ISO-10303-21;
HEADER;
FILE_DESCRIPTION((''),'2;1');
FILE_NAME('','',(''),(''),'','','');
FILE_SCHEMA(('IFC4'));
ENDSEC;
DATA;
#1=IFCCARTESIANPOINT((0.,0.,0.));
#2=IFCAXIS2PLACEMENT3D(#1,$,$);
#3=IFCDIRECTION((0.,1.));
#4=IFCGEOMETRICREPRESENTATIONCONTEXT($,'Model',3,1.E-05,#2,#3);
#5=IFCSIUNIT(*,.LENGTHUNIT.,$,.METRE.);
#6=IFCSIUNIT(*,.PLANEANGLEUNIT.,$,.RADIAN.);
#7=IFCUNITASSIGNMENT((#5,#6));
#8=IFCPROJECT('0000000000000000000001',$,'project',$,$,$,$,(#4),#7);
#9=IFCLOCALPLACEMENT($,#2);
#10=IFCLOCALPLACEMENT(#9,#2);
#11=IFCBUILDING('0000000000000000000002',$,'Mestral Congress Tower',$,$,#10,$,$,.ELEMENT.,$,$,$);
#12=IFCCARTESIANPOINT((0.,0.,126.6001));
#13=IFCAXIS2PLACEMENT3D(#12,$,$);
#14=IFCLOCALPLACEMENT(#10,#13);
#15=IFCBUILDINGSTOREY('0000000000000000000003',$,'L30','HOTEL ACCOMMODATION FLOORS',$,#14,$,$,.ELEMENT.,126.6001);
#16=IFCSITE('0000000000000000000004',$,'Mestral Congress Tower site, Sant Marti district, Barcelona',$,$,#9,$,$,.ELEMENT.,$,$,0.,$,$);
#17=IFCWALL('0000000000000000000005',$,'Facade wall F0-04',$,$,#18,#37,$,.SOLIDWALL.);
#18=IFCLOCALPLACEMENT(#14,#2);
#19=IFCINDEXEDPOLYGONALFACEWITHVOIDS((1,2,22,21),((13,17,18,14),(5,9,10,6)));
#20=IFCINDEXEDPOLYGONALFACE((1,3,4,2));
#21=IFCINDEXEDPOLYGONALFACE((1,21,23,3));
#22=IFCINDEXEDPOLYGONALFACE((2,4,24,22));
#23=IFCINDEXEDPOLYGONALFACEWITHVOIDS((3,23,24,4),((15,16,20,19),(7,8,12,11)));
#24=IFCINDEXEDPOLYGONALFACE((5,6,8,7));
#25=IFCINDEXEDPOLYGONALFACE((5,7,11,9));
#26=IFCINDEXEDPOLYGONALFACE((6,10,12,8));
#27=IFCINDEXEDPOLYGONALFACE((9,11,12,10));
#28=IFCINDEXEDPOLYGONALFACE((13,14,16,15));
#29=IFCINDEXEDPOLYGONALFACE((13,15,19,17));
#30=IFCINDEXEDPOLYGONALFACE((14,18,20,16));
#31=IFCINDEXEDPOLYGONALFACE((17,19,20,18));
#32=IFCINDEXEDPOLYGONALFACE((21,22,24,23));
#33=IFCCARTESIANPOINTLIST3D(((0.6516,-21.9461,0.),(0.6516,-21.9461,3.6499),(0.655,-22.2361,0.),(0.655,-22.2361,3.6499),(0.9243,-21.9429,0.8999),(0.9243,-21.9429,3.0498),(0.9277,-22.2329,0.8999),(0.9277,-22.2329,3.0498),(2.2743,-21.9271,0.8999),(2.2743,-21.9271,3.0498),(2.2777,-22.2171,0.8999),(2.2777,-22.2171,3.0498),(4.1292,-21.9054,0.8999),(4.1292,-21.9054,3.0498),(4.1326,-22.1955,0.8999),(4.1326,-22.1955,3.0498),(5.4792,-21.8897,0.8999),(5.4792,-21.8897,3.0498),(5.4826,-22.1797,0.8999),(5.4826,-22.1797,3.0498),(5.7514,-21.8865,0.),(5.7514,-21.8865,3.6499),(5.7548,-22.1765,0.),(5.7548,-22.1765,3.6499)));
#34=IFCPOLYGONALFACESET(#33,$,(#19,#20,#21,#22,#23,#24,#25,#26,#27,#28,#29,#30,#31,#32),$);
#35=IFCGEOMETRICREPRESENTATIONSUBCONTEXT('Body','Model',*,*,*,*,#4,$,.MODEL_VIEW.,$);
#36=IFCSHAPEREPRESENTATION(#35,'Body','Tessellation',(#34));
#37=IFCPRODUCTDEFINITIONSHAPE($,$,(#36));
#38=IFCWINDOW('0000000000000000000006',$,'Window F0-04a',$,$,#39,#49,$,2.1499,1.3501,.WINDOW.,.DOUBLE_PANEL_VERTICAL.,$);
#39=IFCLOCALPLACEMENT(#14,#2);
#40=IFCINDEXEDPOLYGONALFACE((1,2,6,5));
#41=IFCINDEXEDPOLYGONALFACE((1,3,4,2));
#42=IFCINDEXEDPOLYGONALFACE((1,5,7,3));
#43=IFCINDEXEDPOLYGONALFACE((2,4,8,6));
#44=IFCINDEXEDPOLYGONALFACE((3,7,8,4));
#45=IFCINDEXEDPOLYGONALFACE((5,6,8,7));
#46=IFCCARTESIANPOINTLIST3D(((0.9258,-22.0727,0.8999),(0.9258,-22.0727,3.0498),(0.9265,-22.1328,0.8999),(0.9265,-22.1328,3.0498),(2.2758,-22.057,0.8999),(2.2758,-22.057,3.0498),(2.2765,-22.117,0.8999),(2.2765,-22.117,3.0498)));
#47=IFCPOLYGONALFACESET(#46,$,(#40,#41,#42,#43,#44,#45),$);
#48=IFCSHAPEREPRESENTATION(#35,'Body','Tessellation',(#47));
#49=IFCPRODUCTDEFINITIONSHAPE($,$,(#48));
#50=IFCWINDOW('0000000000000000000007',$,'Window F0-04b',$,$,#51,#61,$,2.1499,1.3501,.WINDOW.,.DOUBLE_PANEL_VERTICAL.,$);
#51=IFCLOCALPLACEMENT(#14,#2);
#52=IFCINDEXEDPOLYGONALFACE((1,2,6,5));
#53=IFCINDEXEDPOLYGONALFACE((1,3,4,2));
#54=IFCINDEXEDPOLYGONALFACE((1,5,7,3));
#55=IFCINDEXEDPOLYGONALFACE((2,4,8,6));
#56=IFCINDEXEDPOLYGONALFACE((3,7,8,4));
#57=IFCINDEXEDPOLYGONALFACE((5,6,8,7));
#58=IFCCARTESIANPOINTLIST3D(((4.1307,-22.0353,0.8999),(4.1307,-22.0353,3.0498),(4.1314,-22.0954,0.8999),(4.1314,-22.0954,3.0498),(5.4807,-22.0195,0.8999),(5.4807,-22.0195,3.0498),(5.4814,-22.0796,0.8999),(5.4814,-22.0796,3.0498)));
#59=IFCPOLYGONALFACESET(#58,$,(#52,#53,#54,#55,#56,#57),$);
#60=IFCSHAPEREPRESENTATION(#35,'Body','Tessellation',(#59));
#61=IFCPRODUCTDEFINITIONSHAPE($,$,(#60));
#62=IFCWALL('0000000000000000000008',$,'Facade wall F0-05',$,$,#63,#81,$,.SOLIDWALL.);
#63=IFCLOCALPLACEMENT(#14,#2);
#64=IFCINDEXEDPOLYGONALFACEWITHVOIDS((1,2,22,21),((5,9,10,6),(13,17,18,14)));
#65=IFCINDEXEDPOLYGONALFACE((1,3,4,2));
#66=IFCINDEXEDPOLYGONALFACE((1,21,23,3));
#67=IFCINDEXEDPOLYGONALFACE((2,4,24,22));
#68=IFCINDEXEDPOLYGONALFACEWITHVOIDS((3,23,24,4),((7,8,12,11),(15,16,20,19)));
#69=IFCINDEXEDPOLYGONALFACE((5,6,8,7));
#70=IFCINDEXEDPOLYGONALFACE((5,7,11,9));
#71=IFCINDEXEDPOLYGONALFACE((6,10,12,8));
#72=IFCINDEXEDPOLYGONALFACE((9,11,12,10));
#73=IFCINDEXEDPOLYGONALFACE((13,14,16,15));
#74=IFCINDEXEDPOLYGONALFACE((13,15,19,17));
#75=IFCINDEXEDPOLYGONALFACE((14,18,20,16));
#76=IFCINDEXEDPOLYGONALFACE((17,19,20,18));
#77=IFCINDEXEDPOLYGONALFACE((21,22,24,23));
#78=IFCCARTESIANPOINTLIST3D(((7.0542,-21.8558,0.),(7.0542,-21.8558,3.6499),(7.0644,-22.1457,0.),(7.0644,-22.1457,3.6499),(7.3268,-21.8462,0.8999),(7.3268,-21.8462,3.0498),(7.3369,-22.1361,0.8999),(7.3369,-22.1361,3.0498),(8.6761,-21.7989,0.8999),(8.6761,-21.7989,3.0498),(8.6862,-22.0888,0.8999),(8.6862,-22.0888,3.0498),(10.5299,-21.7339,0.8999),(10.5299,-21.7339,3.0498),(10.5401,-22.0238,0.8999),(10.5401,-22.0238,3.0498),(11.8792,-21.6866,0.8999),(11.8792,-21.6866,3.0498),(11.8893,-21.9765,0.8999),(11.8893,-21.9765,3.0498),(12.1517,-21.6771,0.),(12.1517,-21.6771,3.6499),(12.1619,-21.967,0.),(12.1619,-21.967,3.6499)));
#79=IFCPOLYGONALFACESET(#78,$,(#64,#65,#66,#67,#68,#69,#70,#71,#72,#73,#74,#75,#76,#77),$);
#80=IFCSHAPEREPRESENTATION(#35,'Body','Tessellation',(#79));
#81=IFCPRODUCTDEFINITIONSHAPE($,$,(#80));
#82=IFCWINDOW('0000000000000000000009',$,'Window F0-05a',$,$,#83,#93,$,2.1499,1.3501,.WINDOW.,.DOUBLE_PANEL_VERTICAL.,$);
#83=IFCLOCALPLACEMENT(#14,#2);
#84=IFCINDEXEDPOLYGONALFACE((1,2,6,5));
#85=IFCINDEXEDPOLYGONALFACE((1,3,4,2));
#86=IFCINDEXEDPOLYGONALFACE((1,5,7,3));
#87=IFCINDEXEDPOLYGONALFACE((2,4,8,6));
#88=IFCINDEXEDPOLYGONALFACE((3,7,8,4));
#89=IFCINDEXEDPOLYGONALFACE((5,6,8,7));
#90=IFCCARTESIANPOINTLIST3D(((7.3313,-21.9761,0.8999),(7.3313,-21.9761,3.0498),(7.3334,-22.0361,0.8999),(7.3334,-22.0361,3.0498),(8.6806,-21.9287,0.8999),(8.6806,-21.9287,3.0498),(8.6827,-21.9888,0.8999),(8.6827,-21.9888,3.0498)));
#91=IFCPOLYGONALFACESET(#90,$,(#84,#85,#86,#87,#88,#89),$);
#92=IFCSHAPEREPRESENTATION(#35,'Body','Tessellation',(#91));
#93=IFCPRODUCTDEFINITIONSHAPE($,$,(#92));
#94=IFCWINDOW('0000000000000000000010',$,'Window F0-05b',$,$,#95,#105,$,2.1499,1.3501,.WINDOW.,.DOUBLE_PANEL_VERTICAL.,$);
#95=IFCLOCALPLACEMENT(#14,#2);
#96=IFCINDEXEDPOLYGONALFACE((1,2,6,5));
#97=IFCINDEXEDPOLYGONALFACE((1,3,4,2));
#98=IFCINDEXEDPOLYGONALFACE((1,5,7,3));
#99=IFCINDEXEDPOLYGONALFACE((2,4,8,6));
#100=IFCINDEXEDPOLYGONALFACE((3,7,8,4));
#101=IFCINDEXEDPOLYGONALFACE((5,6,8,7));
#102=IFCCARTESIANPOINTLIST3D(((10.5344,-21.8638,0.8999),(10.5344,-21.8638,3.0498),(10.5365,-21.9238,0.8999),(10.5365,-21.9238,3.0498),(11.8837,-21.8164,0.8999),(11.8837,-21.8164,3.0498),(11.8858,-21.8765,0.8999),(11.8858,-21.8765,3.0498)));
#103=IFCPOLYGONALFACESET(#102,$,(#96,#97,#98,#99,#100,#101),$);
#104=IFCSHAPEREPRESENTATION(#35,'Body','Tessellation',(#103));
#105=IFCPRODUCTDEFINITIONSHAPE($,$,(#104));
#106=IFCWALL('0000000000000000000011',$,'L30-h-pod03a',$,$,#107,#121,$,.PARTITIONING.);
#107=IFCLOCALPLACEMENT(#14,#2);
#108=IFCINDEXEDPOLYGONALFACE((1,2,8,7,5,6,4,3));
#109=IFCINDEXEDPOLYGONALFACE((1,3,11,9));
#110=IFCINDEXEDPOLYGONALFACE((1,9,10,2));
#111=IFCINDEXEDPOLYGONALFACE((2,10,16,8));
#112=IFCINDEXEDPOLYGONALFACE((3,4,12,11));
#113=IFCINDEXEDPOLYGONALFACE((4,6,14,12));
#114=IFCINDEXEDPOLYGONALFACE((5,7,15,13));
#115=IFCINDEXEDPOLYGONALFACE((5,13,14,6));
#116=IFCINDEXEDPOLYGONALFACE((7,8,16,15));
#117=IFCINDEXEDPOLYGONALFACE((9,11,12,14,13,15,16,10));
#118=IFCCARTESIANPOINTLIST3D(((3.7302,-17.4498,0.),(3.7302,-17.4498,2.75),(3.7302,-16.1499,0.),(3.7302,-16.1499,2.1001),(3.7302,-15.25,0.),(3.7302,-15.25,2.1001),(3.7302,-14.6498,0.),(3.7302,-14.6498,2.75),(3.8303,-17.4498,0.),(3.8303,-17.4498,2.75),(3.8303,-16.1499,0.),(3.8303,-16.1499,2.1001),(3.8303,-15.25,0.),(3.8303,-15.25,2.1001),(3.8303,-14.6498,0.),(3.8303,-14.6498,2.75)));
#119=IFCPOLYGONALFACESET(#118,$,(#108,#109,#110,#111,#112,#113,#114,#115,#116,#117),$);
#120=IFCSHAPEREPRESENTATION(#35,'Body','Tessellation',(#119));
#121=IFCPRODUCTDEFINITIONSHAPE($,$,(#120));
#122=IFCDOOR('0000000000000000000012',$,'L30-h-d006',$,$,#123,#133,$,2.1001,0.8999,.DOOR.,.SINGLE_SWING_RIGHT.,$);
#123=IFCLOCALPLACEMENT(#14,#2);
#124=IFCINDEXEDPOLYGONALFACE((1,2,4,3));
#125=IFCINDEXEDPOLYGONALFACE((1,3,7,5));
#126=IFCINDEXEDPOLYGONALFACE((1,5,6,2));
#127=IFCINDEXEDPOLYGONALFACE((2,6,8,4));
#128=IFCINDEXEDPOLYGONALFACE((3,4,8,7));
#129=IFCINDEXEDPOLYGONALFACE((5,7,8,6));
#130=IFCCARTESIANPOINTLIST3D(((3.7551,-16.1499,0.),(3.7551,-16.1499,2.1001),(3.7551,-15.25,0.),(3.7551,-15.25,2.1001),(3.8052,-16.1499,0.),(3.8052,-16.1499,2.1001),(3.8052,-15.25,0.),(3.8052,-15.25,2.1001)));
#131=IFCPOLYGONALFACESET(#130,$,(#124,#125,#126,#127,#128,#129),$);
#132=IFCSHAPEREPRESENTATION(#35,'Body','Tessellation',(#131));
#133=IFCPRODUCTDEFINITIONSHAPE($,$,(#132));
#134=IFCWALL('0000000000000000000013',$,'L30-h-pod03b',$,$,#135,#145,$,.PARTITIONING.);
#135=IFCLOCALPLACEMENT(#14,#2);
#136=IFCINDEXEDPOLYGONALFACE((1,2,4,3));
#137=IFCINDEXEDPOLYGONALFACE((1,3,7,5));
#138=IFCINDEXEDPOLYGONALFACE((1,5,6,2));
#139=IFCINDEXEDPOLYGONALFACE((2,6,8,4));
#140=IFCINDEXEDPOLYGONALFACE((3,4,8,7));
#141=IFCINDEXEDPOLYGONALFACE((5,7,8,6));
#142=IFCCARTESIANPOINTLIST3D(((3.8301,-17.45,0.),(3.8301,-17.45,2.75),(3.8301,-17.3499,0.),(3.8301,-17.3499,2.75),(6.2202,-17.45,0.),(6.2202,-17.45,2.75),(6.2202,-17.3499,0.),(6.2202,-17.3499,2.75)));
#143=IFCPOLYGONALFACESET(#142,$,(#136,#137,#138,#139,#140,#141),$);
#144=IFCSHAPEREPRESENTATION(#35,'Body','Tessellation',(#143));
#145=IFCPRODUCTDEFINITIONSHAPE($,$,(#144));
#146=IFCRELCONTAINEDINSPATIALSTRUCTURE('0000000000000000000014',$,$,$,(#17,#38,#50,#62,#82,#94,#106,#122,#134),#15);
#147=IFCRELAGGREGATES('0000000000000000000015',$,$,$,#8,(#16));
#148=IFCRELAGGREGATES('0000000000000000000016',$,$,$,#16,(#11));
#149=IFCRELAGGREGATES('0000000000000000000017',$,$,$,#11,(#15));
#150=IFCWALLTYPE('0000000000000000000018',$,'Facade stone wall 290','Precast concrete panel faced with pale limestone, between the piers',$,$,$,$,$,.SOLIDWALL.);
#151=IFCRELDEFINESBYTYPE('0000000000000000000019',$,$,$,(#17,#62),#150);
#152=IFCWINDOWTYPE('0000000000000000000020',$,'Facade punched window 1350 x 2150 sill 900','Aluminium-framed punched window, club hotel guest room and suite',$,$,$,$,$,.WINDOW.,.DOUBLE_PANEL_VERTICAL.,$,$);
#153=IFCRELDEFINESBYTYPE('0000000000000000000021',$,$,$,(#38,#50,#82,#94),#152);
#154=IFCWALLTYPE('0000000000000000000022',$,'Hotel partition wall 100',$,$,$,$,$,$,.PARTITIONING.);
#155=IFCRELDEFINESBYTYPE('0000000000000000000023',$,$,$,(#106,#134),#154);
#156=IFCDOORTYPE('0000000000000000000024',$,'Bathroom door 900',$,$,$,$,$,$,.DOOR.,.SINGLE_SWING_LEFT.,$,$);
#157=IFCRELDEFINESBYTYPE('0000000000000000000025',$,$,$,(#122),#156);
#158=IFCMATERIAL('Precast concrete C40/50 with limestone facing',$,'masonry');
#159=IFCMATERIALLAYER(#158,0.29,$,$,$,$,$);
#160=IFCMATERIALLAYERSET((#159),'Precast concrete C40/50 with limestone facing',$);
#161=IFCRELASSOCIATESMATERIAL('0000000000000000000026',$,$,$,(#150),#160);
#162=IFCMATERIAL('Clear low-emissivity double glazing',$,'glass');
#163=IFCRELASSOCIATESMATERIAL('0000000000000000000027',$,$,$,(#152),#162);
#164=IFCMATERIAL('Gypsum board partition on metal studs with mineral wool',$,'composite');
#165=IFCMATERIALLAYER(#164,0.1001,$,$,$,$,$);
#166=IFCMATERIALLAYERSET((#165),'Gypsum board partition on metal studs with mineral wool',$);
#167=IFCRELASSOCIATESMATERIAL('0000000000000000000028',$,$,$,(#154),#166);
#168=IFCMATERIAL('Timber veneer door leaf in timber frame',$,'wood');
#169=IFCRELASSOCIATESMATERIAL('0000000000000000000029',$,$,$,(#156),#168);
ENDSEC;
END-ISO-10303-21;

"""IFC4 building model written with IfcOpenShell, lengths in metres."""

from ifc_helpers import new_model, si_unit, direction, frame, frame_2d, origin, place, context, subcontext, project, spatial, rectangle, extrude, material, layer, layer_set, type_object, element, fill, save


model = new_model("IFC4")

# Units and contexts
model_context = context("Model", 3, precision=1e-05, world=origin(), true_north=direction((0.0, 1.0)))
body_context = subcontext(model_context, "Body", "Model", "MODEL_VIEW")
ifc_project = project(units=[si_unit("LENGTHUNIT", "METRE"), si_unit("PLANEANGLEUNIT", "RADIAN")], contexts=[model_context])

# Site, building, storey
site_placement = place(None, origin())
site = spatial("IfcSite", under=ifc_project, at=site_placement, Name="Mestral Congress Tower site, Sant Marti district, Barcelona", CompositionType="ELEMENT", RefElevation=0.0)
building_placement = place(site_placement, origin())
building = spatial("IfcBuilding", under=site, at=building_placement, Name="Mestral Congress Tower", CompositionType="ELEMENT")
storey_placement = place(building_placement, frame((0.0, 0.0, 126.6001)))
storey = spatial("IfcBuildingStorey", under=building, at=storey_placement, Name="L30", Description="HOTEL ACCOMMODATION FLOORS", CompositionType="ELEMENT", Elevation=126.6001)

# Walls, openings, windows
ifc_material_1 = material(Name="Precast concrete C40/50 with limestone facing", Category="masonry")
ifc_layer_1 = layer(ifc_material_1, 0.29)
ifc_layer_set_1 = layer_set([ifc_layer_1], Name="Precast concrete C40/50 with limestone facing")
wall_type_1 = type_object("IfcWallType", Name="Facade stone wall 290", Description="Precast concrete panel faced with pale limestone, between the piers", PredefinedType="SOLIDWALL", material=ifc_layer_set_1)
wall_1_placement = place(storey_placement, frame((0.6533, -22.0911, 0.0), z_axis=(0.0, 0.0, 1.0), x_axis=(0.999932, 0.01168, 0.0)))
wall_1 = element("IfcWall", 1, at=wall_1_placement, inside=storey, type_object=wall_type_1, Name="Facade wall F0-04", PredefinedType="SOLIDWALL", context=body_context, shape_type="SweptSolid", body=[
    extrude(rectangle(XDim=5.1001, YDim=0.29, at=frame_2d((2.55, 0.0))), origin(), (0.0, 0.0, 1.0), 3.6499),
])
opening_1_placement = place(wall_1_placement, frame((0.2727, 0.0, 0.8999)))
opening_1 = element("IfcOpeningElement", 2, at=opening_1_placement, cuts=wall_1, PredefinedType="OPENING", context=body_context, shape_type="SweptSolid", body=[
    extrude(rectangle(XDim=1.3501, YDim=2.1499, at=frame_2d((0.675, 1.075))), frame((0.0, 0.155, 0.0), z_axis=(0.0, -1.0, 0.0), x_axis=(1.0, 0.0, 0.0)), (0.0, 0.0, 1.0), 0.3101),
])
opening_2_placement = place(wall_1_placement, frame((3.4778, 0.0, 0.8999)))
opening_2 = element("IfcOpeningElement", 3, at=opening_2_placement, cuts=wall_1, PredefinedType="OPENING", context=body_context, shape_type="SweptSolid", body=[
    extrude(rectangle(XDim=1.3501, YDim=2.1499, at=frame_2d((0.675, 1.075))), frame((0.0, 0.155, 0.0), z_axis=(0.0, -1.0, 0.0), x_axis=(1.0, 0.0, 0.0)), (0.0, 0.0, 1.0), 0.3101),
])
ifc_material_2 = material(Name="Clear low-emissivity double glazing", Category="glass")
window_type = type_object("IfcWindowType", Name="Facade punched window 1350 x 2150 sill 900", Description="Aluminium-framed punched window, club hotel guest room and suite", PartitioningType="DOUBLE_PANEL_VERTICAL", PredefinedType="WINDOW", material=ifc_material_2)
window_1_placement = place(opening_1_placement, origin())
window_1 = element("IfcWindow", 4, at=window_1_placement, inside=storey, type_object=window_type, Name="Window F0-04a", OverallHeight=2.1499, OverallWidth=1.3501, PartitioningType="DOUBLE_PANEL_VERTICAL", PredefinedType="WINDOW", context=body_context, shape_type="SweptSolid", body=[
    extrude(rectangle(XDim=1.3501, YDim=2.1499, at=frame_2d((0.675, 1.075))), frame((0.0, 0.0151, 0.0), z_axis=(0.0, -1.0, 0.0), x_axis=(1.0, 0.0, 0.0)), (0.0, 0.0, 1.0), 0.0601),
])
fill(opening_1, window_1)
window_2_placement = place(opening_2_placement, origin())
window_2 = element("IfcWindow", 5, at=window_2_placement, inside=storey, type_object=window_type, Name="Window F0-04b", OverallHeight=2.1499, OverallWidth=1.3501, PartitioningType="DOUBLE_PANEL_VERTICAL", PredefinedType="WINDOW", context=body_context, shape_type="SweptSolid", body=[
    extrude(rectangle(XDim=1.3501, YDim=2.1499, at=frame_2d((0.675, 1.075))), frame((0.0, 0.0151, 0.0), z_axis=(0.0, -1.0, 0.0), x_axis=(1.0, 0.0, 0.0)), (0.0, 0.0, 1.0), 0.0601),
])
fill(opening_2, window_2)
wall_2_placement = place(storey_placement, frame((7.0593, -22.0007, 0.0), z_axis=(0.0, 0.0, 1.0), x_axis=(0.999386, 0.035038, 0.0)))
wall_2 = element("IfcWall", 6, at=wall_2_placement, inside=storey, type_object=wall_type_1, Name="Facade wall F0-05", PredefinedType="SOLIDWALL", context=body_context, shape_type="SweptSolid", body=[
    extrude(rectangle(XDim=5.1006, YDim=0.29, at=frame_2d((2.5503, 0.0))), origin(), (0.0, 0.0, 1.0), 3.6499),
])
opening_3_placement = place(wall_2_placement, frame((0.2727, 0.0, 0.8999)))
opening_3 = element("IfcOpeningElement", 7, at=opening_3_placement, cuts=wall_2, PredefinedType="OPENING", context=body_context, shape_type="SweptSolid", body=[
    extrude(rectangle(XDim=1.3501, YDim=2.1499, at=frame_2d((0.675, 1.075))), frame((0.0, 0.155, 0.0), z_axis=(0.0, -1.0, 0.0), x_axis=(1.0, 0.0, 0.0)), (0.0, 0.0, 1.0), 0.3101),
])
opening_4_placement = place(wall_2_placement, frame((3.4778, 0.0, 0.8999)))
opening_4 = element("IfcOpeningElement", 8, at=opening_4_placement, cuts=wall_2, PredefinedType="OPENING", context=body_context, shape_type="SweptSolid", body=[
    extrude(rectangle(XDim=1.3501, YDim=2.1499, at=frame_2d((0.675, 1.075))), frame((0.0, 0.155, 0.0), z_axis=(0.0, -1.0, 0.0), x_axis=(1.0, 0.0, 0.0)), (0.0, 0.0, 1.0), 0.3101),
])
window_3_placement = place(opening_3_placement, origin())
window_3 = element("IfcWindow", 9, at=window_3_placement, inside=storey, type_object=window_type, Name="Window F0-05a", OverallHeight=2.1499, OverallWidth=1.3501, PartitioningType="DOUBLE_PANEL_VERTICAL", PredefinedType="WINDOW", context=body_context, shape_type="SweptSolid", body=[
    extrude(rectangle(XDim=1.3501, YDim=2.1499, at=frame_2d((0.675, 1.075))), frame((0.0, 0.0151, 0.0), z_axis=(0.0, -1.0, 0.0), x_axis=(1.0, 0.0, 0.0)), (0.0, 0.0, 1.0), 0.0601),
])
fill(opening_3, window_3)
window_4_placement = place(opening_4_placement, origin())
window_4 = element("IfcWindow", 10, at=window_4_placement, inside=storey, type_object=window_type, Name="Window F0-05b", OverallHeight=2.1499, OverallWidth=1.3501, PartitioningType="DOUBLE_PANEL_VERTICAL", PredefinedType="WINDOW", context=body_context, shape_type="SweptSolid", body=[
    extrude(rectangle(XDim=1.3501, YDim=2.1499, at=frame_2d((0.675, 1.075))), frame((0.0, 0.0151, 0.0), z_axis=(0.0, -1.0, 0.0), x_axis=(1.0, 0.0, 0.0)), (0.0, 0.0, 1.0), 0.0601),
])
fill(opening_4, window_4)

# Wall, opening, door
ifc_material_3 = material(Name="Gypsum board partition on metal studs with mineral wool", Category="composite")
ifc_layer_2 = layer(ifc_material_3, 0.1001)
ifc_layer_set_2 = layer_set([ifc_layer_2], Name="Gypsum board partition on metal studs with mineral wool")
wall_type_2 = type_object("IfcWallType", Name="Hotel partition wall 100", PredefinedType="PARTITIONING", material=ifc_layer_set_2)
wall_3_placement = place(storey_placement, frame((3.7803, -14.6499, 0.0), z_axis=(0.0, 0.0, 1.0), x_axis=(0.0, -1.0, 0.0)))
wall_3 = element("IfcWall", 11, at=wall_3_placement, inside=storey, type_object=wall_type_2, Name="L30-h-pod03a", PredefinedType="PARTITIONING", context=body_context, shape_type="SweptSolid", body=[
    extrude(rectangle(XDim=2.8, YDim=0.1001, at=frame_2d((1.3999, 0.0))), origin(), (0.0, 0.0, 1.0), 2.75),
])
opening_5_placement = place(wall_3_placement, frame((0.6001, 0.0, 0.0)))
opening_5 = element("IfcOpeningElement", 12, at=opening_5_placement, cuts=wall_3, PredefinedType="OPENING", context=body_context, shape_type="SweptSolid", body=[
    extrude(rectangle(XDim=0.8999, YDim=2.1001, at=frame_2d((0.45, 1.05))), frame((0.0, 0.0601, 0.0), z_axis=(0.0, -1.0, 0.0), x_axis=(1.0, 0.0, 0.0)), (0.0, 0.0, 1.0), 0.1201),
])
ifc_material_4 = material(Name="Timber veneer door leaf in timber frame", Category="wood")
door_type_1 = type_object("IfcDoorType", Name="Bathroom door 900", OperationType="SINGLE_SWING_LEFT", PredefinedType="DOOR", material=ifc_material_4)
door_1_placement = place(opening_5_placement, origin())
door_1 = element("IfcDoor", 13, at=door_1_placement, inside=storey, type_object=door_type_1, Name="L30-h-d006", OperationType="SINGLE_SWING_RIGHT", OverallHeight=2.1001, OverallWidth=0.8999, PredefinedType="DOOR", context=body_context, shape_type="SweptSolid", body=[
    extrude(rectangle(XDim=0.8999, YDim=2.1001, at=frame_2d((0.45, 1.05))), frame((0.0, 0.0249, 0.0), z_axis=(0.0, -1.0, 0.0), x_axis=(1.0, 0.0, 0.0)), (0.0, 0.0, 1.0), 0.05),
])
fill(opening_5, door_1)

# Wall
wall_4_placement = place(storey_placement, frame((3.8301, -17.3999, 0.0), z_axis=(0.0, 0.0, 1.0), x_axis=(1.0, 0.0, 0.0)))
element("IfcWall", 14, at=wall_4_placement, inside=storey, type_object=wall_type_2, Name="L30-h-pod03b", PredefinedType="PARTITIONING", context=body_context, shape_type="SweptSolid", body=[
    extrude(rectangle(XDim=2.3901, YDim=0.1001, at=frame_2d((1.1951, 0.0))), origin(), (0.0, 0.0, 1.0), 2.75),
])

save(model, "model.ifc")
